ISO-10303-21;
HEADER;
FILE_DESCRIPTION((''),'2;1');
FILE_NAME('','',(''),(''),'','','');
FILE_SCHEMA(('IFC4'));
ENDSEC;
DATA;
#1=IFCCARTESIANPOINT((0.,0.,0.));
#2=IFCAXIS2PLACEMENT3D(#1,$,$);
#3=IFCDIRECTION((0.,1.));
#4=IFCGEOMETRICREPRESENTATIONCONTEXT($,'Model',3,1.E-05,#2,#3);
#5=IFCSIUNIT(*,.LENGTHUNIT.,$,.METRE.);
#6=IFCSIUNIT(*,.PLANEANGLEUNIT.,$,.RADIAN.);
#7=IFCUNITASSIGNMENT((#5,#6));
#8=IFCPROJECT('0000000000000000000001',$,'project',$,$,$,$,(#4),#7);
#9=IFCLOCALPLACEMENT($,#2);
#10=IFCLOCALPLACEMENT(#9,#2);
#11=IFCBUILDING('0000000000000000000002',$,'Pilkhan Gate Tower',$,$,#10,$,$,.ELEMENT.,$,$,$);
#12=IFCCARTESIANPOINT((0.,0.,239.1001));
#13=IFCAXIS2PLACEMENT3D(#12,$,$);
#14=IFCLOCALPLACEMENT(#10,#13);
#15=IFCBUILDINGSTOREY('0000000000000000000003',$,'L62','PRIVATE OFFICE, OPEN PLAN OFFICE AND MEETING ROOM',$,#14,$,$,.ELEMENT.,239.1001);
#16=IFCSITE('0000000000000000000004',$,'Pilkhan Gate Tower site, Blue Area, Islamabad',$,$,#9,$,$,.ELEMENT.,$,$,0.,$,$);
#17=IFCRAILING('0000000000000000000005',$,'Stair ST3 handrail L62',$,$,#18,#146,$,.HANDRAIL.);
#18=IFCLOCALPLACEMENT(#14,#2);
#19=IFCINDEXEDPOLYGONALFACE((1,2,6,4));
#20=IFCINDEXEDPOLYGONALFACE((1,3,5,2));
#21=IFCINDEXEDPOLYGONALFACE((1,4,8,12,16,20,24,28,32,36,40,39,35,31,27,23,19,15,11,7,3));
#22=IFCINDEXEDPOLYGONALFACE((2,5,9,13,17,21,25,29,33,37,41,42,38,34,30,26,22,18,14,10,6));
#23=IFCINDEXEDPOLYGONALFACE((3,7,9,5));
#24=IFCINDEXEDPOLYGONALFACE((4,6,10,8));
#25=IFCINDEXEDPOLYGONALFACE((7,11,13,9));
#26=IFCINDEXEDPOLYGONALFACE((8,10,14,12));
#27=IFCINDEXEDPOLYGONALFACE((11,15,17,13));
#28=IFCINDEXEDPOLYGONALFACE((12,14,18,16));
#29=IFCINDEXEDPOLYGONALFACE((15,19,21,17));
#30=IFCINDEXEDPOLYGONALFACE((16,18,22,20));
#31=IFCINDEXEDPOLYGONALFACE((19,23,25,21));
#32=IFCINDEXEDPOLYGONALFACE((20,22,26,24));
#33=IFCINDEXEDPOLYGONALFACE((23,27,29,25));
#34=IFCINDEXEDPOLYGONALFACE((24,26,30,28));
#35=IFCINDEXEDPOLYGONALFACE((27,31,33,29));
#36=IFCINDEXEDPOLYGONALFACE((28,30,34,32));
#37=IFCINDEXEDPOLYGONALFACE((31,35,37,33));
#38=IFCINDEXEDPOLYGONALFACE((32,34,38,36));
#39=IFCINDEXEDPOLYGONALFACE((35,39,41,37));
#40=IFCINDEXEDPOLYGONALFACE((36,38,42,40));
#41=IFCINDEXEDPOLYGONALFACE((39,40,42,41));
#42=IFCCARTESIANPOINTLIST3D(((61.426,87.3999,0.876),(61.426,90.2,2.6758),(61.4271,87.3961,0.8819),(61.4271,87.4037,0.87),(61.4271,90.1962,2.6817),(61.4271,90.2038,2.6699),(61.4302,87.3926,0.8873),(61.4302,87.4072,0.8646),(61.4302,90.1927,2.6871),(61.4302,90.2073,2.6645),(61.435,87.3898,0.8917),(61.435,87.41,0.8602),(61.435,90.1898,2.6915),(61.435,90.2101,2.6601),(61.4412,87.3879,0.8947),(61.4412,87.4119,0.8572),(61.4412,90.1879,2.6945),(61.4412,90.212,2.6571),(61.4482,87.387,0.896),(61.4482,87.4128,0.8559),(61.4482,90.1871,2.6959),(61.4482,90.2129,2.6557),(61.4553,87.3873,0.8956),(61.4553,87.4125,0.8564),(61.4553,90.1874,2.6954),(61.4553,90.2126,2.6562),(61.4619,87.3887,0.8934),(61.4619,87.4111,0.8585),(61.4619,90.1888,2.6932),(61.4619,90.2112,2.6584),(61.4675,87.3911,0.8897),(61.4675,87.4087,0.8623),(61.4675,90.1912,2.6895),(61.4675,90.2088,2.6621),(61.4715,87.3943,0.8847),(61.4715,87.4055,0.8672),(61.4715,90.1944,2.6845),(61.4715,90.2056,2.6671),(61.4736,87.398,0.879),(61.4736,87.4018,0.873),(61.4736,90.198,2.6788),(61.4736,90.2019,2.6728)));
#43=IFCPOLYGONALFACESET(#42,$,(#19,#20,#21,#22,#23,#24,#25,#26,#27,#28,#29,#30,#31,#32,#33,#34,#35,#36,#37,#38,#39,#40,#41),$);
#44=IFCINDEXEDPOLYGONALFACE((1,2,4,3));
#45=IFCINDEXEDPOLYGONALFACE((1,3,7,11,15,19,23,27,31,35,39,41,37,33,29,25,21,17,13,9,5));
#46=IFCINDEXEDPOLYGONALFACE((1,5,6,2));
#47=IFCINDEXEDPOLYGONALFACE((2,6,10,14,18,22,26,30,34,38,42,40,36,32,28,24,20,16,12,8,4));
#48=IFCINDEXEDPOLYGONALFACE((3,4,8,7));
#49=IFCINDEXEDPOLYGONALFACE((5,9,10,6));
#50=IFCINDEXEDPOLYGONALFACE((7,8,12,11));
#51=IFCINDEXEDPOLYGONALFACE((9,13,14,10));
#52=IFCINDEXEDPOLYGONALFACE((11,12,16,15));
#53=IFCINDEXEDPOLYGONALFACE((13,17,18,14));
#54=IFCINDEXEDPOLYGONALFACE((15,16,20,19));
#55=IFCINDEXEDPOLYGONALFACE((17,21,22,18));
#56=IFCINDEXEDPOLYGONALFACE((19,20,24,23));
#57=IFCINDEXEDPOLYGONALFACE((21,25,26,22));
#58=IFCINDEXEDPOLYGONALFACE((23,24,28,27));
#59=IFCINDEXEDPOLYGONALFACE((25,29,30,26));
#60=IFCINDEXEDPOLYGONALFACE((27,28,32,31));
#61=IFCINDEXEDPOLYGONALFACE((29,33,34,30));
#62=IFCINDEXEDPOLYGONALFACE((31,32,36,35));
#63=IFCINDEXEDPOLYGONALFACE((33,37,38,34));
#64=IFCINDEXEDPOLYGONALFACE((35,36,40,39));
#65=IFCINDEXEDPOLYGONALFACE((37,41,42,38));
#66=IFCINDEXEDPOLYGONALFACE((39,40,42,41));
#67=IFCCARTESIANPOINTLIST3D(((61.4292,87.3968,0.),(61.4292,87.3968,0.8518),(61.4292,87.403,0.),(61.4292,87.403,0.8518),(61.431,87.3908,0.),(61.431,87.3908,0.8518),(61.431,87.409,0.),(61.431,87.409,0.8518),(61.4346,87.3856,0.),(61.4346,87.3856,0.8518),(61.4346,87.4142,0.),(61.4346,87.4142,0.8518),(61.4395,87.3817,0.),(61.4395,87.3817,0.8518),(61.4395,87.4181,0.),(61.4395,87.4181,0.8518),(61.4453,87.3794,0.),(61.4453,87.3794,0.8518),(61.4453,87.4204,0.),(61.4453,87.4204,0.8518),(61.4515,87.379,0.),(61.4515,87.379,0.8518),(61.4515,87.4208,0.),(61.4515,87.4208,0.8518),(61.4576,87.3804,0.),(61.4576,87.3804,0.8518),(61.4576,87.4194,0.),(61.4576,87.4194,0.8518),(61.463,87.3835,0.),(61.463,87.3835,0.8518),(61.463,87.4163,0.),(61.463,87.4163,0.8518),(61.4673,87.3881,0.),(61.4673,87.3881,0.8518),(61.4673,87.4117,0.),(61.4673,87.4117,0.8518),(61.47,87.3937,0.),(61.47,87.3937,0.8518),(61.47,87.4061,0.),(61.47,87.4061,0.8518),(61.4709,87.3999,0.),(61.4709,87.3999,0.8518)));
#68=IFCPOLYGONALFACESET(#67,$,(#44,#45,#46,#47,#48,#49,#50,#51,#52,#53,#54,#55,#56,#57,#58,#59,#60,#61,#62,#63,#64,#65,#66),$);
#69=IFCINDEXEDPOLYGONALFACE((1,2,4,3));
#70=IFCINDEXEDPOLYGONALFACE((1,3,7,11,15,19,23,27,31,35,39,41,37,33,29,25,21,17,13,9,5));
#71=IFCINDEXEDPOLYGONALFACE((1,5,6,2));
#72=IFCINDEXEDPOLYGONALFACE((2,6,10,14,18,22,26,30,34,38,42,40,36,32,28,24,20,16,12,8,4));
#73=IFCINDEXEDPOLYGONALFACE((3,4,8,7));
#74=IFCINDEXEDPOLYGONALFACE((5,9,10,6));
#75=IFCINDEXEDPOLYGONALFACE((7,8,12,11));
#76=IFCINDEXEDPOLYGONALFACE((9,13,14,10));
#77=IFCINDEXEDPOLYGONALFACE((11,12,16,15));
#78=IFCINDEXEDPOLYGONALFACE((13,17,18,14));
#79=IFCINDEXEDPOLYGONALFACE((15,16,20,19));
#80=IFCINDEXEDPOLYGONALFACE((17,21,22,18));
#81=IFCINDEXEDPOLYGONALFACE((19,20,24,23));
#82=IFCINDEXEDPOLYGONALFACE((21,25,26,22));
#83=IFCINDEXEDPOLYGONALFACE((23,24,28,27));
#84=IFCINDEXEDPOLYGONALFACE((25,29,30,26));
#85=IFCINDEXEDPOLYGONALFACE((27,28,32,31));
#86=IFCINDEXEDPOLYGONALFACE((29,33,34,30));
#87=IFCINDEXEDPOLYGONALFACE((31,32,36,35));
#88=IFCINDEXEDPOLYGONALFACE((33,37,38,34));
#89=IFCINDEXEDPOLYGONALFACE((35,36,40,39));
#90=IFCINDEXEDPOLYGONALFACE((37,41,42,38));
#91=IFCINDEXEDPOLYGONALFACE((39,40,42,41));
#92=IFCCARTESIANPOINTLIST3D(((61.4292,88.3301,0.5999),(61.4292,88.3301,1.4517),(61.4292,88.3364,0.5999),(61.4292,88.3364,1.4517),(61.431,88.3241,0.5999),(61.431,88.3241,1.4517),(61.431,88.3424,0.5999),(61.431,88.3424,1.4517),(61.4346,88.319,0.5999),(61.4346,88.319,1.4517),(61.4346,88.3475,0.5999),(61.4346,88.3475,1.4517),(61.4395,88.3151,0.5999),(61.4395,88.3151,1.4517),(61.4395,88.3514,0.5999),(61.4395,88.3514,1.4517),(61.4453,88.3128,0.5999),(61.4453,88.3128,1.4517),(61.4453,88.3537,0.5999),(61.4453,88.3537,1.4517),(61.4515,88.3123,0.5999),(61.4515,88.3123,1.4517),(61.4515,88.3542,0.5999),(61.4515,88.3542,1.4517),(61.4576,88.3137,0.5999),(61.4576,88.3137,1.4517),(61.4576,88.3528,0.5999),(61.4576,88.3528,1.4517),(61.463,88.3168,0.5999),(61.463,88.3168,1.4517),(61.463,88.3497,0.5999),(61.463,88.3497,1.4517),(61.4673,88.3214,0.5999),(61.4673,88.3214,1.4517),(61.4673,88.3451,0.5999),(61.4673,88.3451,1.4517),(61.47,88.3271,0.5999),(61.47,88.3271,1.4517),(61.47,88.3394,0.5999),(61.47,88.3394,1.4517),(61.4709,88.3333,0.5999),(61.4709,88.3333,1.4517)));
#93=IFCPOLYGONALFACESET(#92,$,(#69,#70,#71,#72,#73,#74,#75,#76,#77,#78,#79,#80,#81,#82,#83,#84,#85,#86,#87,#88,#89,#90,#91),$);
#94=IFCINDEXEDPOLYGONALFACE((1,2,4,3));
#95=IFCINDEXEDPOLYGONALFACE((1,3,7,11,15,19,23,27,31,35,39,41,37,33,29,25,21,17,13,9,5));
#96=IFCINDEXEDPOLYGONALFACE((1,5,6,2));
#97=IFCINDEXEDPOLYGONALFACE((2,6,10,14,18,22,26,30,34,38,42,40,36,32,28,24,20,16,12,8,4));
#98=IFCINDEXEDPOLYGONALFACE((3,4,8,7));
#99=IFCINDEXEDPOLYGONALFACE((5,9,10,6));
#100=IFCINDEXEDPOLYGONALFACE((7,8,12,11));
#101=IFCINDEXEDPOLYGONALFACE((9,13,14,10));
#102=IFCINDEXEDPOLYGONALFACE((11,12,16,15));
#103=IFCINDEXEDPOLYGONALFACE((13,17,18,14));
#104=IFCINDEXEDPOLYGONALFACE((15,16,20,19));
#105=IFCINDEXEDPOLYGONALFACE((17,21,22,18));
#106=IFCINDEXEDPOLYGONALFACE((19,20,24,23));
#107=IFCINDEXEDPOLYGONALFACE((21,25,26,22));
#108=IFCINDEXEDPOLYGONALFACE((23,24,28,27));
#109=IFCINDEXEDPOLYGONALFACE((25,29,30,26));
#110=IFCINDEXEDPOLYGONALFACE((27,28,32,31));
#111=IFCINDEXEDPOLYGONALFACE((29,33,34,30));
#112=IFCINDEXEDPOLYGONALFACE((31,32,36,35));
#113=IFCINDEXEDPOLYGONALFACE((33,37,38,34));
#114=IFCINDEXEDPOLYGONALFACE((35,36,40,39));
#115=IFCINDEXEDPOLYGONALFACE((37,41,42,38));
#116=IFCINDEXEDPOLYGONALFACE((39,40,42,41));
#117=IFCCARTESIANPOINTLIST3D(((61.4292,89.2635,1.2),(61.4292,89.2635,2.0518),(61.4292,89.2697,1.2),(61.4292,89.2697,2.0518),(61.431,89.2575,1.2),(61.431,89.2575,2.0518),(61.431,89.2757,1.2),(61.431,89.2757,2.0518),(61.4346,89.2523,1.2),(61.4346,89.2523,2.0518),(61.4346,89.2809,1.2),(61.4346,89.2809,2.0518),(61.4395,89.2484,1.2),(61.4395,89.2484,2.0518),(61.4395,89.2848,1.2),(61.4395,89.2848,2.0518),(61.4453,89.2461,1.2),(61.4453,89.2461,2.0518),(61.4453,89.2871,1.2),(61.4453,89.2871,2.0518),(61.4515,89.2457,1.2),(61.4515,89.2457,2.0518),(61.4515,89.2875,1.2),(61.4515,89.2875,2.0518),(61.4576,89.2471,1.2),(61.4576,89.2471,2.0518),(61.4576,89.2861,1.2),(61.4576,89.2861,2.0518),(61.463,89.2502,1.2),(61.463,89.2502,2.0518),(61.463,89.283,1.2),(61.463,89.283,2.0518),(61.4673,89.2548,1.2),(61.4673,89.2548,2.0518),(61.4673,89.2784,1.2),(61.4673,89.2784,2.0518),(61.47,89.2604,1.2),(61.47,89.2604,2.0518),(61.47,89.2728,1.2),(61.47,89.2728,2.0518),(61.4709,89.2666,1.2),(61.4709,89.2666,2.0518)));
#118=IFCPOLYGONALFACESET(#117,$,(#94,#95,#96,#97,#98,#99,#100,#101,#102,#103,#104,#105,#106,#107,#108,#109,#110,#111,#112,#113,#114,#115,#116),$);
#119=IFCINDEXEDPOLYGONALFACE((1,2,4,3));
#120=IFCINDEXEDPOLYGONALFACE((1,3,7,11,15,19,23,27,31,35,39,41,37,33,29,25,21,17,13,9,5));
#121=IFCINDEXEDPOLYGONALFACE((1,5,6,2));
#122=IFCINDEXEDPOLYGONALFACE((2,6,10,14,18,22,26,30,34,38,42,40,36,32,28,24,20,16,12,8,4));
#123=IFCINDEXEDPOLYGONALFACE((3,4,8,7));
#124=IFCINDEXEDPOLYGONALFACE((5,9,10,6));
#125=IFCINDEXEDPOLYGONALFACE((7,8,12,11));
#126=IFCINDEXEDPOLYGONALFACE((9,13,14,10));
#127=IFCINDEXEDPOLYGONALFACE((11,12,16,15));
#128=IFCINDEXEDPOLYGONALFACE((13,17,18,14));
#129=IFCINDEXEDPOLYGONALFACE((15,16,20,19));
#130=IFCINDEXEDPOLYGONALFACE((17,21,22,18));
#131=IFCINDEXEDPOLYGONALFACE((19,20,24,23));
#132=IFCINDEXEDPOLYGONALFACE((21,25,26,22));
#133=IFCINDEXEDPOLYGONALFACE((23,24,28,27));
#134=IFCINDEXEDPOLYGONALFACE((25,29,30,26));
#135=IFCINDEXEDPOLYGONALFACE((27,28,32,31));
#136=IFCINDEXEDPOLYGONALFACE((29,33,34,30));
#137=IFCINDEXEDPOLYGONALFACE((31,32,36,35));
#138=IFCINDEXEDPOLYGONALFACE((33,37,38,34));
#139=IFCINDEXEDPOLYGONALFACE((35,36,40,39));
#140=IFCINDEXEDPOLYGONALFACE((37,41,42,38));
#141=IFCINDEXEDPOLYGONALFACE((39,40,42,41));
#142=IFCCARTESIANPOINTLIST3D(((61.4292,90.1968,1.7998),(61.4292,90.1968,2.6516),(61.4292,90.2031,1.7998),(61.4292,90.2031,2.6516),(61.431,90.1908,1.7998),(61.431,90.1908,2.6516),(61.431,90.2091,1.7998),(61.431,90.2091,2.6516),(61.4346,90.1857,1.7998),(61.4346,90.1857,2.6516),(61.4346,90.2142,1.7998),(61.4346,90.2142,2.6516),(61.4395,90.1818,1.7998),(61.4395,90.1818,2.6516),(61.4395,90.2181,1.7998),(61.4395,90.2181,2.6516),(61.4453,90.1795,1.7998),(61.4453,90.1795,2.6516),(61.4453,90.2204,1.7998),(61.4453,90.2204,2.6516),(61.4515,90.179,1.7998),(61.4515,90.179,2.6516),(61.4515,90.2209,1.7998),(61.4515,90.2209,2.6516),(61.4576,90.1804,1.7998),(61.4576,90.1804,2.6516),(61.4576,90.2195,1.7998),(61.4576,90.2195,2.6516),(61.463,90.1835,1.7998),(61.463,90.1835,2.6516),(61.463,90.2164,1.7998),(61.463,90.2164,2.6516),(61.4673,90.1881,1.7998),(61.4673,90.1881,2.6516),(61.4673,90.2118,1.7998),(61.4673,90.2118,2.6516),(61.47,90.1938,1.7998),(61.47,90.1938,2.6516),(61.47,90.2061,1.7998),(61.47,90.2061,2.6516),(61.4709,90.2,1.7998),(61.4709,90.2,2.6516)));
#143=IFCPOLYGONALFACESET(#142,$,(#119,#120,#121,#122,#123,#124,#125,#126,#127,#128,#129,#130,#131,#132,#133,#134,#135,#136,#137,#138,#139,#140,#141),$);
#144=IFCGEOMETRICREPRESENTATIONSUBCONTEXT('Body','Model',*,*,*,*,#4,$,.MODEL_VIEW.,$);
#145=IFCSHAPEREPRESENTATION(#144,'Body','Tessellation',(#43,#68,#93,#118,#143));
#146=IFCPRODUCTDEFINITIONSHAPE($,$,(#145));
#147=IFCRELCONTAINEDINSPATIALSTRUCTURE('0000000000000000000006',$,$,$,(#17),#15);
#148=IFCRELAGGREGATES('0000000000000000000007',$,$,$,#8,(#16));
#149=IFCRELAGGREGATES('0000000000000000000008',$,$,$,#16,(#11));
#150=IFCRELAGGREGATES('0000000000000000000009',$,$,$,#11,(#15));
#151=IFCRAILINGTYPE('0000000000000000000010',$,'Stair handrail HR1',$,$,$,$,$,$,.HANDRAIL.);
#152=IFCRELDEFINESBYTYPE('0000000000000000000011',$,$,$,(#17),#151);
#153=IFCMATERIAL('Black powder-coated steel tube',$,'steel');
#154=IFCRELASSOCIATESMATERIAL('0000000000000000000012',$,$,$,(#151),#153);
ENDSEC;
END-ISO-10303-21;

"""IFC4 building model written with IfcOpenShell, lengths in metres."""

from ifc_helpers import new_model, si_unit, direction, frame, origin, origin_2d, place, context, subcontext, project, spatial, circle, extrude, material, type_object, element, save


model = new_model("IFC4")

# Units and contexts
model_context = context("Model", 3, precision=1e-05, world=origin(), true_north=direction((0.0, 1.0)))
body_context = subcontext(model_context, "Body", "Model", "MODEL_VIEW")
ifc_project = project(units=[si_unit("LENGTHUNIT", "METRE"), si_unit("PLANEANGLEUNIT", "RADIAN")], contexts=[model_context])

# Site, building, storey
site_placement = place(None, origin())
site = spatial("IfcSite", under=ifc_project, at=site_placement, Name="Pilkhan Gate Tower site, Blue Area, Islamabad", CompositionType="ELEMENT", RefElevation=0.0)
building_placement = place(site_placement, origin())
building = spatial("IfcBuilding", under=site, at=building_placement, Name="Pilkhan Gate Tower", CompositionType="ELEMENT")
storey_placement = place(building_placement, frame((0.0, 0.0, 239.1001)))
storey = spatial("IfcBuildingStorey", under=building, at=storey_placement, Name="L62", Description="PRIVATE OFFICE, OPEN PLAN OFFICE AND MEETING ROOM", CompositionType="ELEMENT", Elevation=239.1001)

# Railing
ifc_material_1 = material(Name="Black powder-coated steel tube", Category="steel")
railing_type_1 = type_object("IfcRailingType", Name="Stair handrail HR1", PredefinedType="HANDRAIL", material=ifc_material_1)
railing_1_placement = place(storey_placement, frame((61.45, 87.3999, 0.0)))
element("IfcRailing", 1, at=railing_1_placement, inside=storey, type_object=railing_type_1, Name="Stair ST3 handrail L62", PredefinedType="HANDRAIL", context=body_context, shape_type="SweptSolid", body=[
    extrude(circle(Radius=0.0239, at=origin_2d()), frame((0.0, 0.0, 0.876), z_axis=(0.0, 0.841209, 0.540709), x_axis=(-1.0, 0.0, 0.0)), (0.0, 0.0, 1.0), 3.3286),
    extrude(circle(Radius=0.021, at=origin_2d()), origin(), (0.0, 0.0, 1.0), 0.8518),
    extrude(circle(Radius=0.021, at=origin_2d()), frame((0.0, 0.9333, 0.5999)), (0.0, 0.0, 1.0), 0.8518),
    extrude(circle(Radius=0.021, at=origin_2d()), frame((0.0, 1.8667, 1.2)), (0.0, 0.0, 1.0), 0.8518),
    extrude(circle(Radius=0.021, at=origin_2d()), frame((0.0, 2.8, 1.7998)), (0.0, 0.0, 1.0), 0.8518),
])

save(model, "model.ifc")
